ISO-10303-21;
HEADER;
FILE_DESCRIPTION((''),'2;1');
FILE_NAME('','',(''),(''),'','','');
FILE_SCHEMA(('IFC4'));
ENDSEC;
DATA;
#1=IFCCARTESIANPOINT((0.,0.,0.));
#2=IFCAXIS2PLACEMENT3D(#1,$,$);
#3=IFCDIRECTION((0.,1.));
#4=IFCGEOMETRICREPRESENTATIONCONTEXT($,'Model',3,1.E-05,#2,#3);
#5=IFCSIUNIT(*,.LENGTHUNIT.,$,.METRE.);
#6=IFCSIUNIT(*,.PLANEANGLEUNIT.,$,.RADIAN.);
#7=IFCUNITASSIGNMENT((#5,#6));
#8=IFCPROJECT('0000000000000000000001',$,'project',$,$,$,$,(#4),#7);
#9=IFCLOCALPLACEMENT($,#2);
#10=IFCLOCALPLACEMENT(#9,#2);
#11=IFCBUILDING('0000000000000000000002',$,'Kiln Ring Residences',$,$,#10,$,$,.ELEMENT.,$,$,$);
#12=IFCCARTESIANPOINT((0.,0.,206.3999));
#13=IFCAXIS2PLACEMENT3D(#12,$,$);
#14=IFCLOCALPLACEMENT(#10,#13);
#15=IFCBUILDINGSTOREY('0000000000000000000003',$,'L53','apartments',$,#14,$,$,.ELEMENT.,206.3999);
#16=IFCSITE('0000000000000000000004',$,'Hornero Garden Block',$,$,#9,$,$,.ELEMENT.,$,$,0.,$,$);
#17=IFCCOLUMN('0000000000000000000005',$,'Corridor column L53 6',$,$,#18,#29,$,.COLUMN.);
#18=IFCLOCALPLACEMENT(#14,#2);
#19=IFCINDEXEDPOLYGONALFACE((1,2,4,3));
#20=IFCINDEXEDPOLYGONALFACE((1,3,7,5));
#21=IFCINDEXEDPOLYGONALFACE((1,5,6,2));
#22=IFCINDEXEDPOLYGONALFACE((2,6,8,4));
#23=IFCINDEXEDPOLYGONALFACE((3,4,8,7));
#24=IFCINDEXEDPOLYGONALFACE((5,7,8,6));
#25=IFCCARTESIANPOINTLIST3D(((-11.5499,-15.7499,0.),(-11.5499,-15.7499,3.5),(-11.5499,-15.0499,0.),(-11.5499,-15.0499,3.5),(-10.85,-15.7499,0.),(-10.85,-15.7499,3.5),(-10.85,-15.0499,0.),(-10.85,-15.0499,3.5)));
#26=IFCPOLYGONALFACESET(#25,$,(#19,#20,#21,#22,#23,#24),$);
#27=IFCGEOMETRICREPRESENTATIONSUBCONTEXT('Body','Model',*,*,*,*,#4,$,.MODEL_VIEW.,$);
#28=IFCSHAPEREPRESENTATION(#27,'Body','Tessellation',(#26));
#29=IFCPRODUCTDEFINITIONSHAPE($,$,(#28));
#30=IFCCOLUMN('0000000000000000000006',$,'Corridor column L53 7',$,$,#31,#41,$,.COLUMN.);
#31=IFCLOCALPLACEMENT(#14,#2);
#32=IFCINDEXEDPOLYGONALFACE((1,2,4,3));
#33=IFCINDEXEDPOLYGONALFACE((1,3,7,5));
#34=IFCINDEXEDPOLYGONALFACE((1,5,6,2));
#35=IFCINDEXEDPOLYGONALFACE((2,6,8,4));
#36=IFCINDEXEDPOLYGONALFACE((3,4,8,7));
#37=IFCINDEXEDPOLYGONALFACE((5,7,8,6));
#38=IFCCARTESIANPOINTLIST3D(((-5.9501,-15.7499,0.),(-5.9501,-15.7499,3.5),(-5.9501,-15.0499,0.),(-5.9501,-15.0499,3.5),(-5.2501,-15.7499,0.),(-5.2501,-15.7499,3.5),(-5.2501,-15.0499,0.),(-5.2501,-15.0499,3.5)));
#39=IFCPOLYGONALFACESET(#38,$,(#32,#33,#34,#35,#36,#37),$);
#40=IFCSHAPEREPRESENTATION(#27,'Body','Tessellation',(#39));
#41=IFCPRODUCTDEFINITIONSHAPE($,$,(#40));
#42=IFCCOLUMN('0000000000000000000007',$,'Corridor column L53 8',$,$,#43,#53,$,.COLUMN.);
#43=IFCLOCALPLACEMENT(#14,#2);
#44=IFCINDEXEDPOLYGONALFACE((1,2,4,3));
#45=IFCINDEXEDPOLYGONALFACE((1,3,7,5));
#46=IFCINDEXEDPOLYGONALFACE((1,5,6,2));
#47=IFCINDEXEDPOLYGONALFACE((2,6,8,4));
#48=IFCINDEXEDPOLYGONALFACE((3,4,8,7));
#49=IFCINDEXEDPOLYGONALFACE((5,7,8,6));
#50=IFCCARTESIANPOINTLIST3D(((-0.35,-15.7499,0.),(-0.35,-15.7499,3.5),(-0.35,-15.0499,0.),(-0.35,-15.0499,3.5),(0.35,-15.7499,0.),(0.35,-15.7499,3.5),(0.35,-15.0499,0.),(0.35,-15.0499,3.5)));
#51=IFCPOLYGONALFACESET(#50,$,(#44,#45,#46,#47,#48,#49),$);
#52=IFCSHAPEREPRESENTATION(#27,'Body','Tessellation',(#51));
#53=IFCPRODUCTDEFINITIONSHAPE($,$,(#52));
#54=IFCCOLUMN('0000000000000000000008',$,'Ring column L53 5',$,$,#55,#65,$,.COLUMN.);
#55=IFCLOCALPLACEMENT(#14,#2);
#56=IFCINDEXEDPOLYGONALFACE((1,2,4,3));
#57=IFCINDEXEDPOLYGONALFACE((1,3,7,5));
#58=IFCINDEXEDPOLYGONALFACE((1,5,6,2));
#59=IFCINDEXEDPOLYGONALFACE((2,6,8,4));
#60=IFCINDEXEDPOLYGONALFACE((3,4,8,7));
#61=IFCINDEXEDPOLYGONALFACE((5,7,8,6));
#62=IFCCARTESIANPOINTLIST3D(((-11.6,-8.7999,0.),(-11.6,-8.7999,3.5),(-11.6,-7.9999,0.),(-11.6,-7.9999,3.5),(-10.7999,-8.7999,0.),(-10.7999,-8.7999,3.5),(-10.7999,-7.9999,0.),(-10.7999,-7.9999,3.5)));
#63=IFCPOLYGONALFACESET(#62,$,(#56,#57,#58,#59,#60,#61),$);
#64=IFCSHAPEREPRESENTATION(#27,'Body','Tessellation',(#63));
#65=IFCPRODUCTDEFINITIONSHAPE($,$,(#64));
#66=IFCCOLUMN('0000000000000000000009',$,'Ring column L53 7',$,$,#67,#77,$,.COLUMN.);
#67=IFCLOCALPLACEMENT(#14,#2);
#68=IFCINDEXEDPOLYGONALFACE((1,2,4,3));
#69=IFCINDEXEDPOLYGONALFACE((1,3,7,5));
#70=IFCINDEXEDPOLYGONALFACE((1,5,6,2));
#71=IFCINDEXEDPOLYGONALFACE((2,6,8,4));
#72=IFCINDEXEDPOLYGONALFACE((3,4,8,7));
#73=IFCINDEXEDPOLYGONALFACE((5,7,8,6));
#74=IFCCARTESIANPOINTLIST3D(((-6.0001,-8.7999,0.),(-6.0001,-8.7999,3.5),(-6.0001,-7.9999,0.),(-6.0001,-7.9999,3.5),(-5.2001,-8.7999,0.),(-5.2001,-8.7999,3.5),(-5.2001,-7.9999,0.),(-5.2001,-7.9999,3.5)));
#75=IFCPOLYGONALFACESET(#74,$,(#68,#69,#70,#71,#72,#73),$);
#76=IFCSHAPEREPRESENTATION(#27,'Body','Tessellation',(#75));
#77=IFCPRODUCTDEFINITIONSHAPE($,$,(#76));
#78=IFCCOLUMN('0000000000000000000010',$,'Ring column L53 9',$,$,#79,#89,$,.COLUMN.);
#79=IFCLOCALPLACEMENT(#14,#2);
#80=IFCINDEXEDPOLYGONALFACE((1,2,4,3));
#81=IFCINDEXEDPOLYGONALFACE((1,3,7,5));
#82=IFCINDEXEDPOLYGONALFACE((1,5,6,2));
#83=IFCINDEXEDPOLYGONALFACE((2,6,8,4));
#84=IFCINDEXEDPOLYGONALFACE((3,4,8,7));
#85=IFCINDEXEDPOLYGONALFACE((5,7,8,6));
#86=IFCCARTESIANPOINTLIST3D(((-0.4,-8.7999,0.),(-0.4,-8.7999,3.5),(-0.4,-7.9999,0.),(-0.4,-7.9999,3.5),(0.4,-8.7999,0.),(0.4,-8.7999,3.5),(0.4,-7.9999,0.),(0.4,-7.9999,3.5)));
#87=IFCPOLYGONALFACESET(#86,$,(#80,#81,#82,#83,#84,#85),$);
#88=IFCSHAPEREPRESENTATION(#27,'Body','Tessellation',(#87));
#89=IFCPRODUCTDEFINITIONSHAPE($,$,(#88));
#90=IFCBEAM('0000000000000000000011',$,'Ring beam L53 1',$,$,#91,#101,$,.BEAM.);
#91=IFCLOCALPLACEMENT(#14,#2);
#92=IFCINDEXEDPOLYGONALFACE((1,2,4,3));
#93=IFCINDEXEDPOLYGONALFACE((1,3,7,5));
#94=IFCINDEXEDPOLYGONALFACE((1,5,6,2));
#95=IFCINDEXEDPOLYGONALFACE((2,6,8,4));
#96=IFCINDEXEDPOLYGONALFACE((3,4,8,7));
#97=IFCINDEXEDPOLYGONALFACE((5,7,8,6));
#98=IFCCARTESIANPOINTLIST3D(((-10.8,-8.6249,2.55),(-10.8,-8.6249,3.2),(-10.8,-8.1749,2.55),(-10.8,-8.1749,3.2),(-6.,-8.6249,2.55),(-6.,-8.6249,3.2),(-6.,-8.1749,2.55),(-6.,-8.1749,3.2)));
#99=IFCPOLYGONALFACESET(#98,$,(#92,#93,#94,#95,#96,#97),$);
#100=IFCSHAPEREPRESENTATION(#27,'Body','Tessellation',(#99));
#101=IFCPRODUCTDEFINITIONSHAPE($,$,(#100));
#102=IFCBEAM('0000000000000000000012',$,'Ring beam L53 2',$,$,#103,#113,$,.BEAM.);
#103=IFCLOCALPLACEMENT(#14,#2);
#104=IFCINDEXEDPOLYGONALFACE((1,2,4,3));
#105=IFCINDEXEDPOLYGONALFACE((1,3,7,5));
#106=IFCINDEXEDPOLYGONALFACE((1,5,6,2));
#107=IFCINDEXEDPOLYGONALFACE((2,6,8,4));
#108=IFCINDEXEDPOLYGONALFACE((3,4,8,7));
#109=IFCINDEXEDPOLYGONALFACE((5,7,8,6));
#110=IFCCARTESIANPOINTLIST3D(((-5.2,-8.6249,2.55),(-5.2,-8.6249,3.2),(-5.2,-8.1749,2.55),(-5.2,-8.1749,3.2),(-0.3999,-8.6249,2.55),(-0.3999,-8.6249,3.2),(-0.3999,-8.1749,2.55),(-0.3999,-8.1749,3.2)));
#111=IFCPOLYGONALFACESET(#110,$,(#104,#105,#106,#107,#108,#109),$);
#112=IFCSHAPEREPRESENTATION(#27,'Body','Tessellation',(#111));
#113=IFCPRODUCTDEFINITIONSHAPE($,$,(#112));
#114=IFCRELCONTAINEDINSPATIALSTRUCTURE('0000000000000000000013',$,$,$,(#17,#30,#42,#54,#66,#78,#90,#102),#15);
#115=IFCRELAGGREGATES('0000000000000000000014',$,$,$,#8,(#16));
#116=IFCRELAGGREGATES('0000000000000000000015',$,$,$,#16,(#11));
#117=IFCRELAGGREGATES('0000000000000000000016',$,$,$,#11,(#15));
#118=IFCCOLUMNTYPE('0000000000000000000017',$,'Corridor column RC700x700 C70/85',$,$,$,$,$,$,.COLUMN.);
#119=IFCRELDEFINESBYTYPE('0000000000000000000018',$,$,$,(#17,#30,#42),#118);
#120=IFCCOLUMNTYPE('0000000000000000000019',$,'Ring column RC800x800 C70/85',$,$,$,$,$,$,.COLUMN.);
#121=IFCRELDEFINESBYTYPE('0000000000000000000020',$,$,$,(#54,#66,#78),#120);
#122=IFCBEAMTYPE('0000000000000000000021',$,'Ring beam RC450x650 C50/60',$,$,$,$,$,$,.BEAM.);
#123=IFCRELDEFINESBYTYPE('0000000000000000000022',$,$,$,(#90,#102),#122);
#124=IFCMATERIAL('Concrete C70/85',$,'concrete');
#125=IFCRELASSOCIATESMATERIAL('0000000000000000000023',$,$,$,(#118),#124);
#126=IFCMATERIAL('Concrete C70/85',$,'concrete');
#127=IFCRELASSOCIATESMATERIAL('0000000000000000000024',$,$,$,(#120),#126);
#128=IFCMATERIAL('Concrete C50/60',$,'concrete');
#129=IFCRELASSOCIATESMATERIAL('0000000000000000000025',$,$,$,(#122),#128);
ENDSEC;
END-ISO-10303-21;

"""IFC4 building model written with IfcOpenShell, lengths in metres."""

from ifc_helpers import new_model, si_unit, direction, frame, origin, origin_2d, place, context, subcontext, project, spatial, rectangle, extrude, material, material_profile, profile_set, type_object, element, save


model = new_model("IFC4")

# Units and contexts
model_context = context("Model", 3, precision=1e-05, world=origin(), true_north=direction((0.0, 1.0)))
body_context = subcontext(model_context, "Body", "Model", "MODEL_VIEW")
ifc_project = project(units=[si_unit("LENGTHUNIT", "METRE"), si_unit("PLANEANGLEUNIT", "RADIAN")], contexts=[model_context])

# Site, building, storey
site_placement = place(None, origin())
site = spatial("IfcSite", under=ifc_project, at=site_placement, Name="Hornero Garden Block", CompositionType="ELEMENT", RefElevation=0.0)
building_placement = place(site_placement, origin())
building = spatial("IfcBuilding", under=site, at=building_placement, Name="Kiln Ring Residences", CompositionType="ELEMENT")
storey_placement = place(building_placement, frame((0.0, 0.0, 206.3999)))
storey = spatial("IfcBuildingStorey", under=building, at=storey_placement, Name="L53", Description="apartments", CompositionType="ELEMENT", Elevation=206.3999)

# Columns
ifc_material_1 = material(Name="Concrete C70/85", Category="concrete")
ifc_material_profile_1 = material_profile(ifc_material_1, rectangle(XDim=0.7, YDim=0.7, at=origin_2d()), Name="RC700x700")
ifc_profile_set_1 = profile_set([ifc_material_profile_1], Name="Concrete C70/85")
column_type_1 = type_object("IfcColumnType", Name="Corridor column RC700x700 C70/85", PredefinedType="COLUMN", material=ifc_profile_set_1)
for number, where, z_axis, x_axis, name in (
    (1, (-11.2, -15.3999, 0.0), (0.0, 0.0, 1.0), (1.0, 0.0, 0.0), "Corridor column L53 6"),
    (2, (-5.6001, -15.3999, 0.0), (0.0, 0.0, 1.0), (1.0, 0.0, 0.0), "Corridor column L53 7"),
    (3, (0.0, -15.3999, 0.0), (0.0, 0.0, 1.0), (1.0, 0.0, 0.0), "Corridor column L53 8"),
):
    element("IfcColumn", number, at=place(storey_placement, frame(where, z_axis=z_axis, x_axis=x_axis)), inside=storey, type_object=column_type_1, Name=name, PredefinedType="COLUMN", context=body_context, shape_type="SweptSolid", body=[
        extrude(rectangle(XDim=0.7, YDim=0.7, at=origin_2d()), origin(), (0.0, 0.0, 1.0), 3.5),
    ])
ifc_material_2 = material(Name="Concrete C70/85", Category="concrete")
ifc_material_profile_2 = material_profile(ifc_material_2, rectangle(XDim=0.8, YDim=0.8, at=origin_2d()), Name="RC800x800")
ifc_profile_set_2 = profile_set([ifc_material_profile_2], Name="Concrete C70/85")
column_type_2 = type_object("IfcColumnType", Name="Ring column RC800x800 C70/85", PredefinedType="COLUMN", material=ifc_profile_set_2)
for number, where, z_axis, x_axis, name in (
    (4, (-11.2, -8.3999, 0.0), (0.0, 0.0, 1.0), (1.0, 0.0, 0.0), "Ring column L53 5"),
    (5, (-5.6001, -8.3999, 0.0), (0.0, 0.0, 1.0), (1.0, 0.0, 0.0), "Ring column L53 7"),
    (6, (0.0, -8.3999, 0.0), (0.0, 0.0, 1.0), (1.0, 0.0, 0.0), "Ring column L53 9"),
):
    element("IfcColumn", number, at=place(storey_placement, frame(where, z_axis=z_axis, x_axis=x_axis)), inside=storey, type_object=column_type_2, Name=name, PredefinedType="COLUMN", context=body_context, shape_type="SweptSolid", body=[
        extrude(rectangle(XDim=0.8, YDim=0.8, at=origin_2d()), origin(), (0.0, 0.0, 1.0), 3.5),
    ])

# Beams
ifc_material_3 = material(Name="Concrete C50/60", Category="concrete")
ifc_material_profile_3 = material_profile(ifc_material_3, rectangle(XDim=0.45, YDim=0.6499, at=origin_2d()), Name="RC450x650")
ifc_profile_set_3 = profile_set([ifc_material_profile_3], Name="Concrete C50/60")
beam_type = type_object("IfcBeamType", Name="Ring beam RC450x650 C50/60", PredefinedType="BEAM", material=ifc_profile_set_3)
for number, where, z_axis, x_axis, name in (
    (7, (-10.8, -8.3999, 2.875), (1.0, 0.0, 0.0), (0.0, 1.0, 0.0), "Ring beam L53 1"),
    (8, (-5.2, -8.3999, 2.875), (1.0, 0.0, 0.0), (0.0, 1.0, 0.0), "Ring beam L53 2"),
):
    element("IfcBeam", number, at=place(storey_placement, frame(where, z_axis=z_axis, x_axis=x_axis)), inside=storey, type_object=beam_type, Name=name, PredefinedType="BEAM", context=body_context, shape_type="SweptSolid", body=[
        extrude(rectangle(XDim=0.45, YDim=0.6499, at=origin_2d()), origin(), (0.0, 0.0, 1.0), 4.8),
    ])

save(model, "model.ifc")
